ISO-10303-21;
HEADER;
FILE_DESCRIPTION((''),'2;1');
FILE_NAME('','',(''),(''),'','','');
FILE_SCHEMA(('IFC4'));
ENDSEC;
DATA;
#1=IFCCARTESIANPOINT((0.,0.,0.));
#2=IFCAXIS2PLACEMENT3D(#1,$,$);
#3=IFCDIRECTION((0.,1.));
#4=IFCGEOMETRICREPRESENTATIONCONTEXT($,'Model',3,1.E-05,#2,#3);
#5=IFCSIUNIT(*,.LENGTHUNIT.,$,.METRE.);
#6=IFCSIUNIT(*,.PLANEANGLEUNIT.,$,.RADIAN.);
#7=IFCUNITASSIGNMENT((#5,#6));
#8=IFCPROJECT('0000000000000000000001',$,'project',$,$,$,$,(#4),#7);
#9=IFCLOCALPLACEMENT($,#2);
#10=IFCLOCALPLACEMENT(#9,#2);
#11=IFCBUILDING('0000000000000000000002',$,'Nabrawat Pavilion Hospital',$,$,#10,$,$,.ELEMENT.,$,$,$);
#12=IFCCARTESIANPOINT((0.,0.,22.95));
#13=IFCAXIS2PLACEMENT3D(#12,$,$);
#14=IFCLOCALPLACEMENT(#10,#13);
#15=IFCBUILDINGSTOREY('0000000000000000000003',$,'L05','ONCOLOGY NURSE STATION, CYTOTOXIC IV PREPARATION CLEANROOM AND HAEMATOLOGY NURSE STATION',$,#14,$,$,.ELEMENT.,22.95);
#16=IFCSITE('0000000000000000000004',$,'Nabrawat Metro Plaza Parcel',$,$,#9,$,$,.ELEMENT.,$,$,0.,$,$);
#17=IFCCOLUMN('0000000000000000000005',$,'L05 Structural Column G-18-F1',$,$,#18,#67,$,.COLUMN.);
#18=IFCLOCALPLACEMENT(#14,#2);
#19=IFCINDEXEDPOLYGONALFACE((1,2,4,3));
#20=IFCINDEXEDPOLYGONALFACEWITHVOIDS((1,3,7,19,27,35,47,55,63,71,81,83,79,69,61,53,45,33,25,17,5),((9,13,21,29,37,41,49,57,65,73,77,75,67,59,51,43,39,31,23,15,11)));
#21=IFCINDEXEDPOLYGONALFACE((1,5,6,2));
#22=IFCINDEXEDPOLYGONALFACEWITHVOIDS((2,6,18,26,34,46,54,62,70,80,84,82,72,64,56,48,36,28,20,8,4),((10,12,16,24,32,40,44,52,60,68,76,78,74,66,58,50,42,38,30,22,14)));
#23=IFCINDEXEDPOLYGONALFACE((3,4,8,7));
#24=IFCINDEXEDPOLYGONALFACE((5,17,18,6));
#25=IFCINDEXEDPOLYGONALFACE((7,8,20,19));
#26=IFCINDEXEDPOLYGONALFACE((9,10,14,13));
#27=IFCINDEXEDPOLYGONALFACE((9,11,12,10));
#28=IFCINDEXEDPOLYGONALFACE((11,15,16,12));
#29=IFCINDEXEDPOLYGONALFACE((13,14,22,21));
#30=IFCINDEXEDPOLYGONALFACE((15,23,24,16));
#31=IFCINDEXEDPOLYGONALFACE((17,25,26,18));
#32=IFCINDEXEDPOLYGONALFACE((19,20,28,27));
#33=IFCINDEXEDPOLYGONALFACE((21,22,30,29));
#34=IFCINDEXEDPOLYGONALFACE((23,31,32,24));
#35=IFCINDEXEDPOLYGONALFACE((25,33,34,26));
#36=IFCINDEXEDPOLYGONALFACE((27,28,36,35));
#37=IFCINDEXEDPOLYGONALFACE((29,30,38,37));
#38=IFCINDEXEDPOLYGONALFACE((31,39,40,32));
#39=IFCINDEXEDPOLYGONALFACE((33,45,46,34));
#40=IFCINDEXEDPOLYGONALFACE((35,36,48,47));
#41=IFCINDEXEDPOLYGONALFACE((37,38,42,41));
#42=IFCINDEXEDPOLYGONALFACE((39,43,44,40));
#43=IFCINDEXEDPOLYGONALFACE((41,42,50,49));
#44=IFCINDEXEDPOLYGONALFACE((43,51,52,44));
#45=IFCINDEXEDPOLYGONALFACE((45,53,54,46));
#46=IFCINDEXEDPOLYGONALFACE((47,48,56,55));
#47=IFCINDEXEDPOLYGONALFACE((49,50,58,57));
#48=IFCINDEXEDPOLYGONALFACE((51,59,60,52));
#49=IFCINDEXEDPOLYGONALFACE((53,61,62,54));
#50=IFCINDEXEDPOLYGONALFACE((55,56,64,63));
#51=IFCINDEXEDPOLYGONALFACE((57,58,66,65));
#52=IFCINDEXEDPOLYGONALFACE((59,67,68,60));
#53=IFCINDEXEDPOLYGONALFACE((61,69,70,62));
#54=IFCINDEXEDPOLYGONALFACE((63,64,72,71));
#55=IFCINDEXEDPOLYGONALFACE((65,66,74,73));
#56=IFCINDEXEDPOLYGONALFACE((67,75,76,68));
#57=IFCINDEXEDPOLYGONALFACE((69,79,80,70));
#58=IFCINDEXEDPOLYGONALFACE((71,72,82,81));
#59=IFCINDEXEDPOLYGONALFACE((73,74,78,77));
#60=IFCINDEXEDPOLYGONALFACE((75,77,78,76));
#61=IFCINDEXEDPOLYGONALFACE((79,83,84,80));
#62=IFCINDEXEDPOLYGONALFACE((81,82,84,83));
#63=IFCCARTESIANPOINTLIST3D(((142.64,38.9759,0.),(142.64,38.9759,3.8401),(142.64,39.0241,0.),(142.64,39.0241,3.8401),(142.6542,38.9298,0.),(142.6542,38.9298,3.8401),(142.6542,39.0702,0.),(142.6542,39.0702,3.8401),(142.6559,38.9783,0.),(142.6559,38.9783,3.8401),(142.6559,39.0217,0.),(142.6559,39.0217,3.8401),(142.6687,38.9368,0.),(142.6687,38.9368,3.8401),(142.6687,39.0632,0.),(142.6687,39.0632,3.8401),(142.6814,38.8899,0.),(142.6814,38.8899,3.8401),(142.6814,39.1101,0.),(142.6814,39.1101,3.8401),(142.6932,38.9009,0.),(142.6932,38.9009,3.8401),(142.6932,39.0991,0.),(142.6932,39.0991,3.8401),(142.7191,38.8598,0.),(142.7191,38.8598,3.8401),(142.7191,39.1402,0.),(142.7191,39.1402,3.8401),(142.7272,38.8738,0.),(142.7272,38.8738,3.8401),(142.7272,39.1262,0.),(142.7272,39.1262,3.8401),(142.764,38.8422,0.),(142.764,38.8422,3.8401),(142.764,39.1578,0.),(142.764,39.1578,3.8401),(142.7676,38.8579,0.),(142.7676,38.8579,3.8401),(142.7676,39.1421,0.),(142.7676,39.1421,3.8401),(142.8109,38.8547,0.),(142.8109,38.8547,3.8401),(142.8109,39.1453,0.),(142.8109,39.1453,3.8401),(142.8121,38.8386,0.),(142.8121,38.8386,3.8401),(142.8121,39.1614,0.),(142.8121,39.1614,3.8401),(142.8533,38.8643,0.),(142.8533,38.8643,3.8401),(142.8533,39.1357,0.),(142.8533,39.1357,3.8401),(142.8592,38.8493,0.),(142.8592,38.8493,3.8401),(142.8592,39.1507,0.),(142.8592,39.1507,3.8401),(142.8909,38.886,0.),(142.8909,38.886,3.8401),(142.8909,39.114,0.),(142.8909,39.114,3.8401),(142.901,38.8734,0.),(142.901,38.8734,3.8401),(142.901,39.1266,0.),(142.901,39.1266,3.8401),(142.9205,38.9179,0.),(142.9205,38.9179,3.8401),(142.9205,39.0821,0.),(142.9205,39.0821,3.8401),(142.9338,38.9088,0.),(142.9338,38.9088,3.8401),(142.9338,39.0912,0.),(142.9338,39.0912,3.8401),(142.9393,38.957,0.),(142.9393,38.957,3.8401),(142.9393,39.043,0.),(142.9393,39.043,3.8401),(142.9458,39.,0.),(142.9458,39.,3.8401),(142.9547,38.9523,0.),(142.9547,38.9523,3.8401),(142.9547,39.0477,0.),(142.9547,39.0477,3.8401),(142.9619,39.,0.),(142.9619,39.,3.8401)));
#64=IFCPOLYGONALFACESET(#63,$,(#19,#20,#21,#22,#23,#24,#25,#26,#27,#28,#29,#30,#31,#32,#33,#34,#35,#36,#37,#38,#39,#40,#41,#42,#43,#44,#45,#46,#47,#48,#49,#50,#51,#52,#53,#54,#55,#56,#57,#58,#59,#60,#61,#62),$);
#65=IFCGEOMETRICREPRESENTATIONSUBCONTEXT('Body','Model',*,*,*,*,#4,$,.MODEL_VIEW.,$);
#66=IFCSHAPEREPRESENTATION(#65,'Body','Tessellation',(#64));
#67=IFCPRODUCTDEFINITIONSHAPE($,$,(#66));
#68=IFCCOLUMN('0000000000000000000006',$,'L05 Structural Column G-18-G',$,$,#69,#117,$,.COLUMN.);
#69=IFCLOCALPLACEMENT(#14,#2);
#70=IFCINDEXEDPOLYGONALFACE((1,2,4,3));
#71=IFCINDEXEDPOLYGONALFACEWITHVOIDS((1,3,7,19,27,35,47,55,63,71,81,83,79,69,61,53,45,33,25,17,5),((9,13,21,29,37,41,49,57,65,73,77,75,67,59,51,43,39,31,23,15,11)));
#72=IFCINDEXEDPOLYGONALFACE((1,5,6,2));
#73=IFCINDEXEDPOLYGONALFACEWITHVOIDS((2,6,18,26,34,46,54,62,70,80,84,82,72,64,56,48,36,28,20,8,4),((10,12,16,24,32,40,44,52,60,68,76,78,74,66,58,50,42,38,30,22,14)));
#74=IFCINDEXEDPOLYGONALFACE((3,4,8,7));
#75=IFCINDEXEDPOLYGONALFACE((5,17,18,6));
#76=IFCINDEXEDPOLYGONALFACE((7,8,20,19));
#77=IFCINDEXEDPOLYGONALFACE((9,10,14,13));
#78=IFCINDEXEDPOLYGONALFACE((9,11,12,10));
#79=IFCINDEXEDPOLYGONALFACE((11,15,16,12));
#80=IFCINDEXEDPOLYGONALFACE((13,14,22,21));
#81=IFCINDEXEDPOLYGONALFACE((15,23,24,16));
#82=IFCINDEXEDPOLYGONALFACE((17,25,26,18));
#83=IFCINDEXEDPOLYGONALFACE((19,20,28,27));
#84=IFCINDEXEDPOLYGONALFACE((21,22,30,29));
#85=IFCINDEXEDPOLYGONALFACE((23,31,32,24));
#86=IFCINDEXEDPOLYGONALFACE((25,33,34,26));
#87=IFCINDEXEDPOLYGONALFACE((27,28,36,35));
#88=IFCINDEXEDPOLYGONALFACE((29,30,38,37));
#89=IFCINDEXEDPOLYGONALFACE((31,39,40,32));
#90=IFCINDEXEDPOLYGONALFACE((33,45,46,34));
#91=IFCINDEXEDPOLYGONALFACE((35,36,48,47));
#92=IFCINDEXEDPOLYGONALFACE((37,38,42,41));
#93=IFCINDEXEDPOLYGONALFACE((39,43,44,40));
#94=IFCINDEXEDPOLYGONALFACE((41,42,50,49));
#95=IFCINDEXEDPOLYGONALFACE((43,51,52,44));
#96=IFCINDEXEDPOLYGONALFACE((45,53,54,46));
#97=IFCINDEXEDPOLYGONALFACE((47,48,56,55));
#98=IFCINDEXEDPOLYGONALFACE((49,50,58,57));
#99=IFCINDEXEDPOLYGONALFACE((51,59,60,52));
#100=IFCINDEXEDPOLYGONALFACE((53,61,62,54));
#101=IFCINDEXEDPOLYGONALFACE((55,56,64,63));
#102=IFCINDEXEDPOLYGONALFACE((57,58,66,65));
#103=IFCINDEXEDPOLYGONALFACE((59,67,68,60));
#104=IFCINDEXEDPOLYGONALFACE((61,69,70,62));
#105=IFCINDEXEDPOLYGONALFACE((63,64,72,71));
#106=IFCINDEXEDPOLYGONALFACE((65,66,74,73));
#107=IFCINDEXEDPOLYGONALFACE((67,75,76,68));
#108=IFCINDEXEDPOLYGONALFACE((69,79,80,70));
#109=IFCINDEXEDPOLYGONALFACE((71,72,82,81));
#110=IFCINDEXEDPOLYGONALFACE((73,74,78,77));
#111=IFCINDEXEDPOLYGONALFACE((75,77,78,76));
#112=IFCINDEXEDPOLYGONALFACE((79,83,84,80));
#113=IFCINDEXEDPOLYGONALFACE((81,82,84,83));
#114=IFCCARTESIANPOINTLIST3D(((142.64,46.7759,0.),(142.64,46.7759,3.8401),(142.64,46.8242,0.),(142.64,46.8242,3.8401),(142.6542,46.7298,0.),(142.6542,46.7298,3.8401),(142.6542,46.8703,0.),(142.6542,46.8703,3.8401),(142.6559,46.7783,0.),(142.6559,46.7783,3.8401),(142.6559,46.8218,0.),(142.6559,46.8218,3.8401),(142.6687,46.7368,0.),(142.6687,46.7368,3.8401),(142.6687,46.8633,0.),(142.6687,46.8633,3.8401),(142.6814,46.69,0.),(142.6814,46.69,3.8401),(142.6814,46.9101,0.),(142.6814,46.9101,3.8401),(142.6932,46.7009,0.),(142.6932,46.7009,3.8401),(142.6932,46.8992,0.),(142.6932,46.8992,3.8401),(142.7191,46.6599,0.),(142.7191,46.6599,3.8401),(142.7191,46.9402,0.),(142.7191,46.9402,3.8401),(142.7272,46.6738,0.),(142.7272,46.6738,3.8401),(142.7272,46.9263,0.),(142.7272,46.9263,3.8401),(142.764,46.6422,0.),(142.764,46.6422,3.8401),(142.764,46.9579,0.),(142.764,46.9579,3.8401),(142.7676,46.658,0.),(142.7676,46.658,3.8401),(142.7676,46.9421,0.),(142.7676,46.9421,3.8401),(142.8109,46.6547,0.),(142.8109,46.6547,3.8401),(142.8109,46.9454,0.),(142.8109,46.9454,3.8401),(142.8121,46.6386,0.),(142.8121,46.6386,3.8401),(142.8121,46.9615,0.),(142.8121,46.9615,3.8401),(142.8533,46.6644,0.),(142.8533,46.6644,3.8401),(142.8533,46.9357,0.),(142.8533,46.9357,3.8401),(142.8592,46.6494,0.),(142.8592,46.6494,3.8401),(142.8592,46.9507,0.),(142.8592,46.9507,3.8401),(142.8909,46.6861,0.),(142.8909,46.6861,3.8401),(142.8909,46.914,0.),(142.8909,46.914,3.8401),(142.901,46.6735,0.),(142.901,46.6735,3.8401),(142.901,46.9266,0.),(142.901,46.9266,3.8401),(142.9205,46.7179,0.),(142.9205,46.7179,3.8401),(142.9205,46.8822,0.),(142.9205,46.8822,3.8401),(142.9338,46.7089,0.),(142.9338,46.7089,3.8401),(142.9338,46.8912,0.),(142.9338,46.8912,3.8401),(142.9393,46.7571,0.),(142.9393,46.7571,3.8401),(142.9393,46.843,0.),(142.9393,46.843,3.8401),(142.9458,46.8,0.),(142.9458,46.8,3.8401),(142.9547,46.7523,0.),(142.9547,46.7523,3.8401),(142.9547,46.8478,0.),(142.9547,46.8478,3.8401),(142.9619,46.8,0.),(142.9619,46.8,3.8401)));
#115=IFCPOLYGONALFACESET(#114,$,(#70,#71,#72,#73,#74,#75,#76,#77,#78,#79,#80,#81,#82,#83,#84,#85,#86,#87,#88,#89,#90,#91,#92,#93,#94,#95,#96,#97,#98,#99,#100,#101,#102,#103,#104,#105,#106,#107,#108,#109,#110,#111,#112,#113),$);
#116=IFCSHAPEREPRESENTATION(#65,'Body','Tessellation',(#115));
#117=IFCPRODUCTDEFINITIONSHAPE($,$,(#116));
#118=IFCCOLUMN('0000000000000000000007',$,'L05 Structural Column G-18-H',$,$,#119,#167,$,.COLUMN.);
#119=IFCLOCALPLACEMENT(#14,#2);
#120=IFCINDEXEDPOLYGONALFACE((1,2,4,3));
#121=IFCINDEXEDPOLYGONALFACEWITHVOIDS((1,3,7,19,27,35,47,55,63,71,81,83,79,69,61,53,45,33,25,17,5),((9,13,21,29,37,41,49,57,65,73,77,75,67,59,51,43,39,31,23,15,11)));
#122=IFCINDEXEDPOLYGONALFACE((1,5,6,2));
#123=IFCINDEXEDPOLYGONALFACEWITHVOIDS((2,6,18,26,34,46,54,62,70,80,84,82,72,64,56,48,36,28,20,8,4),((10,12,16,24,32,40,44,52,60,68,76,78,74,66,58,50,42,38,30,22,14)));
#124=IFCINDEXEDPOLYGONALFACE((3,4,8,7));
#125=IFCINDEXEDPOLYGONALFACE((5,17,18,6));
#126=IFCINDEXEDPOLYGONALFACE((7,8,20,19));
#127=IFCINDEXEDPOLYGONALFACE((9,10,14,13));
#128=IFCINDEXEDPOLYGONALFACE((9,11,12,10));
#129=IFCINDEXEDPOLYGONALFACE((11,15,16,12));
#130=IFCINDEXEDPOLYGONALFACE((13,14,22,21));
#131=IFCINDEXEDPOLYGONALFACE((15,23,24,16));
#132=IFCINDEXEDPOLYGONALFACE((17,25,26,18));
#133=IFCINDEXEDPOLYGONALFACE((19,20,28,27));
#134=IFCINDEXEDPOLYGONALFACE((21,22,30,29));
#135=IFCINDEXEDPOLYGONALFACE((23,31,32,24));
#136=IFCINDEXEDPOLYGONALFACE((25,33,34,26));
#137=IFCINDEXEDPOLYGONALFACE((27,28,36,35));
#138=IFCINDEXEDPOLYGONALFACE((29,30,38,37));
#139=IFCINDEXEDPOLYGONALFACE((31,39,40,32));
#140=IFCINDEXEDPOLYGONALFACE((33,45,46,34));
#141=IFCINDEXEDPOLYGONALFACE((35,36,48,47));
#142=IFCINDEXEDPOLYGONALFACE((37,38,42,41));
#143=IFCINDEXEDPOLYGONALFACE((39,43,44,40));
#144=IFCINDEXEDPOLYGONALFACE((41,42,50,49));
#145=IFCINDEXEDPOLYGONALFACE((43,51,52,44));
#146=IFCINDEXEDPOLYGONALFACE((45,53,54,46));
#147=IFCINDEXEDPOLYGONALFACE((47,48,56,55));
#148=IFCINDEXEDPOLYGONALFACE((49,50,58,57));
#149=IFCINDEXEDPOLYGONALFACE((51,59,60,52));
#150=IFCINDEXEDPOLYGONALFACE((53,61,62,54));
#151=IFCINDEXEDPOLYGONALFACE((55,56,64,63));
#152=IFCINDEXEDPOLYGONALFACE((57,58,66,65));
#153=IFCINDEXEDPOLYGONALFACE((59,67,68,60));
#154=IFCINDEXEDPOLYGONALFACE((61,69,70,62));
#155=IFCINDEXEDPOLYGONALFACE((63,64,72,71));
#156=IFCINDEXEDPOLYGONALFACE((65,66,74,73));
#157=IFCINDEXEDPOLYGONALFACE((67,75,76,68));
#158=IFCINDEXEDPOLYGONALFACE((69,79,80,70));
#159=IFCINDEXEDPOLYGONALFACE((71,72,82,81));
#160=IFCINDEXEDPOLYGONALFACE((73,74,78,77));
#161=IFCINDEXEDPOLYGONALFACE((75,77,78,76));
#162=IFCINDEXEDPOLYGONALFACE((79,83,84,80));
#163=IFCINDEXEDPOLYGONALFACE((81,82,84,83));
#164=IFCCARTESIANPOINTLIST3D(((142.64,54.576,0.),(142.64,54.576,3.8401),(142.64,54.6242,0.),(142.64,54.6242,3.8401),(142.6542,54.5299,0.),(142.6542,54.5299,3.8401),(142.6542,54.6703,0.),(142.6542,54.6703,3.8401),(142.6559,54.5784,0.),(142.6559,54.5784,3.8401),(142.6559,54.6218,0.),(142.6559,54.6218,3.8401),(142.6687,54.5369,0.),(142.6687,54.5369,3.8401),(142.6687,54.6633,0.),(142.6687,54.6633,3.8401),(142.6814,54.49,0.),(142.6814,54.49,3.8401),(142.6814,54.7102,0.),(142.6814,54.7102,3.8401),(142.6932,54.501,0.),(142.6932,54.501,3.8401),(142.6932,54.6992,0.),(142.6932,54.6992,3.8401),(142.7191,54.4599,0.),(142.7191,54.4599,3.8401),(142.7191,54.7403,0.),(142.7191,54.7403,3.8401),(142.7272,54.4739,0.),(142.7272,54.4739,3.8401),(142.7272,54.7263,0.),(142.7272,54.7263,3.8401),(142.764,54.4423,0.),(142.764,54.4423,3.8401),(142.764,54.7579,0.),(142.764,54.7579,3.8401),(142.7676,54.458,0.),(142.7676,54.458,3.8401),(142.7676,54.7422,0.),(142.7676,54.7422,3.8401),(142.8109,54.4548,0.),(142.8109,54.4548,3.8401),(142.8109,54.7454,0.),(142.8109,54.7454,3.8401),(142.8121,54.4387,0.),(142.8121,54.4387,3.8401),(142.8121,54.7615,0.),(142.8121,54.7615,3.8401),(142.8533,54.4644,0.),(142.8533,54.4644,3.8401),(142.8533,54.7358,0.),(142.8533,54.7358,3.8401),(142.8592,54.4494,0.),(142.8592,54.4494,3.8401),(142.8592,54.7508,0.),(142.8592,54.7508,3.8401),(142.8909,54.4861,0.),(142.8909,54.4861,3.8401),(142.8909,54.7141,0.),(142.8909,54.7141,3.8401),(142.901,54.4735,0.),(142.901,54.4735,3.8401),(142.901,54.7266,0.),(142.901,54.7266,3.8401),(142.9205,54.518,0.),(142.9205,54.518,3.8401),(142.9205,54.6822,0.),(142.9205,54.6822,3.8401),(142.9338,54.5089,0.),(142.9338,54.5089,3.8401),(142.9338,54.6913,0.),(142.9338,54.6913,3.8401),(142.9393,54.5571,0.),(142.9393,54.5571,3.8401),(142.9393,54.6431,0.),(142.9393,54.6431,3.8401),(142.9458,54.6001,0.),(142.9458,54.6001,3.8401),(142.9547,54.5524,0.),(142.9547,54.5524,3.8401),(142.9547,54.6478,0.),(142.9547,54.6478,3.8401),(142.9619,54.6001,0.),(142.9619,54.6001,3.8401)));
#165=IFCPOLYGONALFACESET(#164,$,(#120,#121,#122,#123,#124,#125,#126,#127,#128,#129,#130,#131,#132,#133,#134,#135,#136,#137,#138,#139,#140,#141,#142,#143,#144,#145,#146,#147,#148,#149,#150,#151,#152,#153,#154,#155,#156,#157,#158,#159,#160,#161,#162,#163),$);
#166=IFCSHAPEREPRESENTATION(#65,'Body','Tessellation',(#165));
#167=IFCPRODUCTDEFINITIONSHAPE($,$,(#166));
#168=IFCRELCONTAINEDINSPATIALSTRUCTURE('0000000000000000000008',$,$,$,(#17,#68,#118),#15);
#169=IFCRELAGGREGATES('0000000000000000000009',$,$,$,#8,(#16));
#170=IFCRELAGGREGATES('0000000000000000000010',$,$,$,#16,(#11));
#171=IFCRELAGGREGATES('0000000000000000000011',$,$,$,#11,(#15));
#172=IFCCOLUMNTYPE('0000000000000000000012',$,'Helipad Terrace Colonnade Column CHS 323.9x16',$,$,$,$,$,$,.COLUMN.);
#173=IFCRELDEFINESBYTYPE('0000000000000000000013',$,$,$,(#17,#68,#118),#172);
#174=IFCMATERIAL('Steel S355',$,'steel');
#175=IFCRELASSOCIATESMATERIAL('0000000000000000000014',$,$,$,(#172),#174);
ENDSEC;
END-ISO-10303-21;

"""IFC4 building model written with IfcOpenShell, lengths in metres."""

from ifc_helpers import new_model, si_unit, direction, frame, origin, origin_2d, place, context, subcontext, project, spatial, hollow_circle, extrude, material, material_profile, profile_set, type_object, element, save


model = new_model("IFC4")

# Units and contexts
model_context = context("Model", 3, precision=1e-05, world=origin(), true_north=direction((0.0, 1.0)))
body_context = subcontext(model_context, "Body", "Model", "MODEL_VIEW")
ifc_project = project(units=[si_unit("LENGTHUNIT", "METRE"), si_unit("PLANEANGLEUNIT", "RADIAN")], contexts=[model_context])

# Site, building, storey
site_placement = place(None, origin())
site = spatial("IfcSite", under=ifc_project, at=site_placement, Name="Nabrawat Metro Plaza Parcel", CompositionType="ELEMENT", RefElevation=0.0)
building_placement = place(site_placement, origin())
building = spatial("IfcBuilding", under=site, at=building_placement, Name="Nabrawat Pavilion Hospital", CompositionType="ELEMENT")
storey_placement = place(building_placement, frame((0.0, 0.0, 22.95)))
storey = spatial("IfcBuildingStorey", under=building, at=storey_placement, Name="L05", Description="ONCOLOGY NURSE STATION, CYTOTOXIC IV PREPARATION CLEANROOM AND HAEMATOLOGY NURSE STATION", CompositionType="ELEMENT", Elevation=22.95)

# Columns
ifc_material_1 = material(Name="Steel S355", Category="steel")
ifc_material_profile_1 = material_profile(ifc_material_1, hollow_circle(Radius=0.1619, WallThickness=0.0161, at=origin_2d()), Name="CHS 323.9x16")
ifc_profile_set_1 = profile_set([ifc_material_profile_1], Name="Steel S355")
column_type_1 = type_object("IfcColumnType", Name="Helipad Terrace Colonnade Column CHS 323.9x16", PredefinedType="COLUMN", material=ifc_profile_set_1)
for number, where, z_axis, x_axis, name in (
    (1, (142.8, 39.0, 0.0), (0.0, 0.0, 1.0), (1.0, 0.0, 0.0), "L05 Structural Column G-18-F1"),
    (2, (142.8, 46.8, 0.0), (0.0, 0.0, 1.0), (1.0, 0.0, 0.0), "L05 Structural Column G-18-G"),
    (3, (142.8, 54.6001, 0.0), (0.0, 0.0, 1.0), (1.0, 0.0, 0.0), "L05 Structural Column G-18-H"),
):
    element("IfcColumn", number, at=place(storey_placement, frame(where, z_axis=z_axis, x_axis=x_axis)), inside=storey, type_object=column_type_1, Name=name, PredefinedType="COLUMN", context=body_context, shape_type="SweptSolid", body=[
        extrude(hollow_circle(Radius=0.1619, WallThickness=0.0161, at=origin_2d()), origin(), (0.0, 0.0, 1.0), 3.8401),
    ])

save(model, "model.ifc")
